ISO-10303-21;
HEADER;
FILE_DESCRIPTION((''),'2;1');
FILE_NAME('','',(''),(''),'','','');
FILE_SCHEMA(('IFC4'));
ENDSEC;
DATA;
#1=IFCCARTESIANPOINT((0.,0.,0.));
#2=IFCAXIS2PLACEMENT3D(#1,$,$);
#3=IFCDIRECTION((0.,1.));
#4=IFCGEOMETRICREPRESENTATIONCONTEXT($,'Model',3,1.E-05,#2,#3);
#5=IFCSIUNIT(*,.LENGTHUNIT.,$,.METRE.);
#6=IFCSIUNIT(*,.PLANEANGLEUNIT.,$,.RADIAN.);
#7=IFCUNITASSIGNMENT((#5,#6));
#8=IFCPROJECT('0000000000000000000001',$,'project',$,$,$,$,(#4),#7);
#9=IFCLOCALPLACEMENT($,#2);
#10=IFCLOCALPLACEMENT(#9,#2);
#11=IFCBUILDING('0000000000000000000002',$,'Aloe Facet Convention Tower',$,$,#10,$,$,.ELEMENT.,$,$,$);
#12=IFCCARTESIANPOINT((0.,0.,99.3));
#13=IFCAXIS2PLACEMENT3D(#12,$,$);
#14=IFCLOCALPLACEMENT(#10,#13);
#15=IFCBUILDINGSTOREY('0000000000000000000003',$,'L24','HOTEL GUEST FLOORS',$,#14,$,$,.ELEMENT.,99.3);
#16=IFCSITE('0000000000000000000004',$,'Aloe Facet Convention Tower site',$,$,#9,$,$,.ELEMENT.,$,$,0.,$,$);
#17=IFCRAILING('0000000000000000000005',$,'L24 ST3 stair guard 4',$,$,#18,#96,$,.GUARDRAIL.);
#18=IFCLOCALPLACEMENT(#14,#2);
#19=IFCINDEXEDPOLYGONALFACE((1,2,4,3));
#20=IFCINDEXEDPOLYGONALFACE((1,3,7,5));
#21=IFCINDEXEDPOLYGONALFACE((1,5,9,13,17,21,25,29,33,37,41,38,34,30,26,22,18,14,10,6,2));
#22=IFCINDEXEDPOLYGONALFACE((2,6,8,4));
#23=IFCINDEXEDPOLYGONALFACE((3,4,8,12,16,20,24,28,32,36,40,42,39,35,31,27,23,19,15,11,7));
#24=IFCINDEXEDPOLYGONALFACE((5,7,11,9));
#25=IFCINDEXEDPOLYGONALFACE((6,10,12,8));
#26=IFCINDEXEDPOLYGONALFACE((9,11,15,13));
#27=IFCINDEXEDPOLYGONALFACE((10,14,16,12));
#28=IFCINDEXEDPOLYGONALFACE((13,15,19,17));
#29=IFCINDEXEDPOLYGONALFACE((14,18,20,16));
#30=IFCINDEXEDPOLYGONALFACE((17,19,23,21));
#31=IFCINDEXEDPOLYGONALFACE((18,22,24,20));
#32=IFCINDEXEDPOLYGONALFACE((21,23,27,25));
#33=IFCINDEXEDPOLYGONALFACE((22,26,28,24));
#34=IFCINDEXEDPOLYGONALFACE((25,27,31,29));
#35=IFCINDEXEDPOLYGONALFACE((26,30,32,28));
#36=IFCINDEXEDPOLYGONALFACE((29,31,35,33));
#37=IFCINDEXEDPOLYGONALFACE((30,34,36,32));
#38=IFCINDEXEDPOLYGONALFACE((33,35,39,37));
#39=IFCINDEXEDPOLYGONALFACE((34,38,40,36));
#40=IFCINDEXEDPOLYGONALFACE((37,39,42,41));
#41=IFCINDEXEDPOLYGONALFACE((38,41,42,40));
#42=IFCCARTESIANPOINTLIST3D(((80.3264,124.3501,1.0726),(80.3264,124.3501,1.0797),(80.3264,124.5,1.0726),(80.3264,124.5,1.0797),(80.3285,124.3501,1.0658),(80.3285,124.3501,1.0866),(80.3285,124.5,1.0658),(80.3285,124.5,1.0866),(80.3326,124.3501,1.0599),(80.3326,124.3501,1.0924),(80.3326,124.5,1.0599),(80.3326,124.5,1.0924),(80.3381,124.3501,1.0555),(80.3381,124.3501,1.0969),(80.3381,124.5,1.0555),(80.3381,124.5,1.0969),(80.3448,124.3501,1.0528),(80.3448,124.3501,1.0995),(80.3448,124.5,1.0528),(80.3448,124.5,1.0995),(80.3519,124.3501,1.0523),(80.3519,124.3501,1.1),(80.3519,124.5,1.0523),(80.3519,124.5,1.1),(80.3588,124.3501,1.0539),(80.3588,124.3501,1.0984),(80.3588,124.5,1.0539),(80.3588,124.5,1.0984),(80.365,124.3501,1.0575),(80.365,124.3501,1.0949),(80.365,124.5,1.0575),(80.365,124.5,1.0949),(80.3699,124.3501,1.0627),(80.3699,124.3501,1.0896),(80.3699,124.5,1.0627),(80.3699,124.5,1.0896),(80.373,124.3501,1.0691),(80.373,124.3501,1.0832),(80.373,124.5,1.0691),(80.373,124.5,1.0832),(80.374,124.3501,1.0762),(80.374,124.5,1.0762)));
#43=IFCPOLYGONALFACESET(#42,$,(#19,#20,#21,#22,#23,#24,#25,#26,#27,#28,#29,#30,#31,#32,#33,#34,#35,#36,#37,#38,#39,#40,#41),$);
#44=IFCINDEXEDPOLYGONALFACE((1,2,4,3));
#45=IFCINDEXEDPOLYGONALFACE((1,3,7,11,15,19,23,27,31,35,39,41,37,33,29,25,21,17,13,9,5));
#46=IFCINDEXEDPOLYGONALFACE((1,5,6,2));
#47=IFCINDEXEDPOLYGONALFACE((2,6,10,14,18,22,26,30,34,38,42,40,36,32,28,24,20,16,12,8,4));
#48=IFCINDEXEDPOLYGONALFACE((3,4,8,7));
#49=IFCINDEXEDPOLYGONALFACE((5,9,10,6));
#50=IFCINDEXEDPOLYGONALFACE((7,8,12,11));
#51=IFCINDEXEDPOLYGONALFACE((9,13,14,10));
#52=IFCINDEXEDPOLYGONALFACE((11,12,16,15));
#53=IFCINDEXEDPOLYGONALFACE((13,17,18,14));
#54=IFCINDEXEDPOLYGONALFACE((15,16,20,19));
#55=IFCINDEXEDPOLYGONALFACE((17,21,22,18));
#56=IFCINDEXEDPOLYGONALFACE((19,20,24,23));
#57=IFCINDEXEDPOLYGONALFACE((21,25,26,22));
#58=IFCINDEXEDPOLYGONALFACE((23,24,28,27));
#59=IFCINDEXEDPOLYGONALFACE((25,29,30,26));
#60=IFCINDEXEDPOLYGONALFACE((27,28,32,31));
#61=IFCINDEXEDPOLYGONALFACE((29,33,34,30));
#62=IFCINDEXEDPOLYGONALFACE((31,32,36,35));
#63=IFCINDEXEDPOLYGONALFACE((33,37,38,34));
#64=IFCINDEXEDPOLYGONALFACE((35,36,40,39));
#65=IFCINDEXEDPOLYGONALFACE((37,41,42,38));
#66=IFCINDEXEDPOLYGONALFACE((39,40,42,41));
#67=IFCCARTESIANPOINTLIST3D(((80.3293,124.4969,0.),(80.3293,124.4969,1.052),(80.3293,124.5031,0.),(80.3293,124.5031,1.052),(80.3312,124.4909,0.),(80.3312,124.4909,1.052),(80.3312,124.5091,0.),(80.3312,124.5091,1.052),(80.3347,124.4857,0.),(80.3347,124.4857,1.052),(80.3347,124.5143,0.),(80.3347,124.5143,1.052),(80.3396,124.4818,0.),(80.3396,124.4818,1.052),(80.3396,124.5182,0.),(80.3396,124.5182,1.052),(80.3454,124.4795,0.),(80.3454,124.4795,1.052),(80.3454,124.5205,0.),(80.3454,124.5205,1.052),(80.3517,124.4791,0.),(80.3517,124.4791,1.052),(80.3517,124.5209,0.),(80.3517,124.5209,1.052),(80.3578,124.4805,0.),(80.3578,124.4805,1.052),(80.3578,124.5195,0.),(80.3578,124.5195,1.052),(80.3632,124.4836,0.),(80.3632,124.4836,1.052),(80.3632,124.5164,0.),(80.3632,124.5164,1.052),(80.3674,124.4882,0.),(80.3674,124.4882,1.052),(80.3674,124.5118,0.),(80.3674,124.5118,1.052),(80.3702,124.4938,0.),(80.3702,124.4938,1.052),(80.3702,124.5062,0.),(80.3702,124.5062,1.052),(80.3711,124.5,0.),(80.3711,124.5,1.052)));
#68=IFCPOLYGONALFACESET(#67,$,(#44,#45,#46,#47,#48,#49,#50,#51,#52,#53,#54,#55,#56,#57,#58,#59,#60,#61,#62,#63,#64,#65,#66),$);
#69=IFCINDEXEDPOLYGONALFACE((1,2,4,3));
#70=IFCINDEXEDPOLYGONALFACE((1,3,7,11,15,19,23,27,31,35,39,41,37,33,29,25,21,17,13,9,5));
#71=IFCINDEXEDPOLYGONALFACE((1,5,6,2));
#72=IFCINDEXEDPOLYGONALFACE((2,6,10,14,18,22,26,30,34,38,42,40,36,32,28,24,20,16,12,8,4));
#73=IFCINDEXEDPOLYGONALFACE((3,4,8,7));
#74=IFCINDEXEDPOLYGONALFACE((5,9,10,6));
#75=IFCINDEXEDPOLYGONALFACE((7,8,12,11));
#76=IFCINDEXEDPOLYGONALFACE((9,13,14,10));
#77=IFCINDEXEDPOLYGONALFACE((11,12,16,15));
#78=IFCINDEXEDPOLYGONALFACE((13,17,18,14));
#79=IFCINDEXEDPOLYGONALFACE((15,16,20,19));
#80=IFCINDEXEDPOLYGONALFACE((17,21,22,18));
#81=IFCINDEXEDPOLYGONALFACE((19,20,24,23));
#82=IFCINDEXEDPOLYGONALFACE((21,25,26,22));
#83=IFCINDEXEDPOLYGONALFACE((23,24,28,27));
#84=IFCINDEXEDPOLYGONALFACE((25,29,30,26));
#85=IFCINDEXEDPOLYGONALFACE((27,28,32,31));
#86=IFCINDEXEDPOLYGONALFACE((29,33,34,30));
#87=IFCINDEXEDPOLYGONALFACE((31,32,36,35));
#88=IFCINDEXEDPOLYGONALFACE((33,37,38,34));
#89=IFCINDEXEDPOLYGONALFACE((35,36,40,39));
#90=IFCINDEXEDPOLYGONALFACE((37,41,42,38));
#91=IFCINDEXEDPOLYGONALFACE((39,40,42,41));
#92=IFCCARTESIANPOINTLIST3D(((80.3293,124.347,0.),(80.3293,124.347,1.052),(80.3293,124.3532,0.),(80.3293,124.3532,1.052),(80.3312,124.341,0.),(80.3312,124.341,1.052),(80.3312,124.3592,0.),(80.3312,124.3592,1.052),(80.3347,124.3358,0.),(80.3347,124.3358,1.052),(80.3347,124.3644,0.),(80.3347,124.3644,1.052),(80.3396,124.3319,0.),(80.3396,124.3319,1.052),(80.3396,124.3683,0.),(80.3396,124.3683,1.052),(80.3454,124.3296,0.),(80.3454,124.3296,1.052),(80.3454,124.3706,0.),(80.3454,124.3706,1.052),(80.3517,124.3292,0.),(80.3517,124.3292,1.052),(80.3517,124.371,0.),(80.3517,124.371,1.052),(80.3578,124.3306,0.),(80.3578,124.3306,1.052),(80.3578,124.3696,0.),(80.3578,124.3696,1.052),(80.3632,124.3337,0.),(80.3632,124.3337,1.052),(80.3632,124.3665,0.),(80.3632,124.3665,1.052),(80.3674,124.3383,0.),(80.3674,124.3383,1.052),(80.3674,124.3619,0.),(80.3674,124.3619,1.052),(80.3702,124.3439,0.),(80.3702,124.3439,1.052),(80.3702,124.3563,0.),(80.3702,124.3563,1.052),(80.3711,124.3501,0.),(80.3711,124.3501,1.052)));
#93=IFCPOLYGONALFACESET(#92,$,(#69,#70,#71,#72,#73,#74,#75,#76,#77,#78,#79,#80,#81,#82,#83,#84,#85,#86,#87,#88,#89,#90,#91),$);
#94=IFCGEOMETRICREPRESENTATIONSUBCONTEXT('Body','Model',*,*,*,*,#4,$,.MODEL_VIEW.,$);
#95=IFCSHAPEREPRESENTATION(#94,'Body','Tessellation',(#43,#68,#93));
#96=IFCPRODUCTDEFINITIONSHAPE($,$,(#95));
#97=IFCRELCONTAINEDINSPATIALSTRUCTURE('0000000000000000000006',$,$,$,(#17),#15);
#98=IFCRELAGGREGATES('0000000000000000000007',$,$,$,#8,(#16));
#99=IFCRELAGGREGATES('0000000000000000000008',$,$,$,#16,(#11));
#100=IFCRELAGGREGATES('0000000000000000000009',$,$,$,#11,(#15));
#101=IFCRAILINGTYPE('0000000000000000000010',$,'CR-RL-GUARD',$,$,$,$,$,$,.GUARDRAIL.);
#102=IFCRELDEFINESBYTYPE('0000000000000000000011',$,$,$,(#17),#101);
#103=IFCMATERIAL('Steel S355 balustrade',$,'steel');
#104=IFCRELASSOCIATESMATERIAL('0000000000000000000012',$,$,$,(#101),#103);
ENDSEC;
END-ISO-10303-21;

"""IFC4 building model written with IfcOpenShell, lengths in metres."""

from ifc_helpers import new_model, si_unit, direction, frame, origin, origin_2d, place, context, subcontext, project, spatial, circle, extrude, material, type_object, element, save


model = new_model("IFC4")

# Units and contexts
model_context = context("Model", 3, precision=1e-05, world=origin(), true_north=direction((0.0, 1.0)))
body_context = subcontext(model_context, "Body", "Model", "MODEL_VIEW")
ifc_project = project(units=[si_unit("LENGTHUNIT", "METRE"), si_unit("PLANEANGLEUNIT", "RADIAN")], contexts=[model_context])

# Site, building, storey
site_placement = place(None, origin())
site = spatial("IfcSite", under=ifc_project, at=site_placement, Name="Aloe Facet Convention Tower site", CompositionType="ELEMENT", RefElevation=0.0)
building_placement = place(site_placement, origin())
building = spatial("IfcBuilding", under=site, at=building_placement, Name="Aloe Facet Convention Tower", CompositionType="ELEMENT")
storey_placement = place(building_placement, frame((0.0, 0.0, 99.3)))
storey = spatial("IfcBuildingStorey", under=building, at=storey_placement, Name="L24", Description="HOTEL GUEST FLOORS", CompositionType="ELEMENT", Elevation=99.3)

# Railing
ifc_material_1 = material(Name="Steel S355 balustrade", Category="steel")
railing_type = type_object("IfcRailingType", Name="CR-RL-GUARD", PredefinedType="GUARDRAIL", material=ifc_material_1)
railing_1_placement = place(storey_placement, frame((80.3501, 124.5, 0.0)))
element("IfcRailing", 1, at=railing_1_placement, inside=storey, type_object=railing_type, Name="L24 ST3 stair guard 4", PredefinedType="GUARDRAIL", context=body_context, shape_type="SweptSolid", body=[
    extrude(circle(Radius=0.0239, at=origin_2d()), frame((0.0, 0.0, 1.0762), z_axis=(0.0, -1.0, 0.0), x_axis=(1.0, 0.0, 0.0)), (0.0, 0.0, 1.0), 0.1499),
    extrude(circle(Radius=0.021, at=origin_2d()), origin(), (0.0, 0.0, 1.0), 1.052),
    extrude(circle(Radius=0.021, at=origin_2d()), frame((0.0, -0.1499, 0.0)), (0.0, 0.0, 1.0), 1.052),
])

save(model, "model.ifc")
